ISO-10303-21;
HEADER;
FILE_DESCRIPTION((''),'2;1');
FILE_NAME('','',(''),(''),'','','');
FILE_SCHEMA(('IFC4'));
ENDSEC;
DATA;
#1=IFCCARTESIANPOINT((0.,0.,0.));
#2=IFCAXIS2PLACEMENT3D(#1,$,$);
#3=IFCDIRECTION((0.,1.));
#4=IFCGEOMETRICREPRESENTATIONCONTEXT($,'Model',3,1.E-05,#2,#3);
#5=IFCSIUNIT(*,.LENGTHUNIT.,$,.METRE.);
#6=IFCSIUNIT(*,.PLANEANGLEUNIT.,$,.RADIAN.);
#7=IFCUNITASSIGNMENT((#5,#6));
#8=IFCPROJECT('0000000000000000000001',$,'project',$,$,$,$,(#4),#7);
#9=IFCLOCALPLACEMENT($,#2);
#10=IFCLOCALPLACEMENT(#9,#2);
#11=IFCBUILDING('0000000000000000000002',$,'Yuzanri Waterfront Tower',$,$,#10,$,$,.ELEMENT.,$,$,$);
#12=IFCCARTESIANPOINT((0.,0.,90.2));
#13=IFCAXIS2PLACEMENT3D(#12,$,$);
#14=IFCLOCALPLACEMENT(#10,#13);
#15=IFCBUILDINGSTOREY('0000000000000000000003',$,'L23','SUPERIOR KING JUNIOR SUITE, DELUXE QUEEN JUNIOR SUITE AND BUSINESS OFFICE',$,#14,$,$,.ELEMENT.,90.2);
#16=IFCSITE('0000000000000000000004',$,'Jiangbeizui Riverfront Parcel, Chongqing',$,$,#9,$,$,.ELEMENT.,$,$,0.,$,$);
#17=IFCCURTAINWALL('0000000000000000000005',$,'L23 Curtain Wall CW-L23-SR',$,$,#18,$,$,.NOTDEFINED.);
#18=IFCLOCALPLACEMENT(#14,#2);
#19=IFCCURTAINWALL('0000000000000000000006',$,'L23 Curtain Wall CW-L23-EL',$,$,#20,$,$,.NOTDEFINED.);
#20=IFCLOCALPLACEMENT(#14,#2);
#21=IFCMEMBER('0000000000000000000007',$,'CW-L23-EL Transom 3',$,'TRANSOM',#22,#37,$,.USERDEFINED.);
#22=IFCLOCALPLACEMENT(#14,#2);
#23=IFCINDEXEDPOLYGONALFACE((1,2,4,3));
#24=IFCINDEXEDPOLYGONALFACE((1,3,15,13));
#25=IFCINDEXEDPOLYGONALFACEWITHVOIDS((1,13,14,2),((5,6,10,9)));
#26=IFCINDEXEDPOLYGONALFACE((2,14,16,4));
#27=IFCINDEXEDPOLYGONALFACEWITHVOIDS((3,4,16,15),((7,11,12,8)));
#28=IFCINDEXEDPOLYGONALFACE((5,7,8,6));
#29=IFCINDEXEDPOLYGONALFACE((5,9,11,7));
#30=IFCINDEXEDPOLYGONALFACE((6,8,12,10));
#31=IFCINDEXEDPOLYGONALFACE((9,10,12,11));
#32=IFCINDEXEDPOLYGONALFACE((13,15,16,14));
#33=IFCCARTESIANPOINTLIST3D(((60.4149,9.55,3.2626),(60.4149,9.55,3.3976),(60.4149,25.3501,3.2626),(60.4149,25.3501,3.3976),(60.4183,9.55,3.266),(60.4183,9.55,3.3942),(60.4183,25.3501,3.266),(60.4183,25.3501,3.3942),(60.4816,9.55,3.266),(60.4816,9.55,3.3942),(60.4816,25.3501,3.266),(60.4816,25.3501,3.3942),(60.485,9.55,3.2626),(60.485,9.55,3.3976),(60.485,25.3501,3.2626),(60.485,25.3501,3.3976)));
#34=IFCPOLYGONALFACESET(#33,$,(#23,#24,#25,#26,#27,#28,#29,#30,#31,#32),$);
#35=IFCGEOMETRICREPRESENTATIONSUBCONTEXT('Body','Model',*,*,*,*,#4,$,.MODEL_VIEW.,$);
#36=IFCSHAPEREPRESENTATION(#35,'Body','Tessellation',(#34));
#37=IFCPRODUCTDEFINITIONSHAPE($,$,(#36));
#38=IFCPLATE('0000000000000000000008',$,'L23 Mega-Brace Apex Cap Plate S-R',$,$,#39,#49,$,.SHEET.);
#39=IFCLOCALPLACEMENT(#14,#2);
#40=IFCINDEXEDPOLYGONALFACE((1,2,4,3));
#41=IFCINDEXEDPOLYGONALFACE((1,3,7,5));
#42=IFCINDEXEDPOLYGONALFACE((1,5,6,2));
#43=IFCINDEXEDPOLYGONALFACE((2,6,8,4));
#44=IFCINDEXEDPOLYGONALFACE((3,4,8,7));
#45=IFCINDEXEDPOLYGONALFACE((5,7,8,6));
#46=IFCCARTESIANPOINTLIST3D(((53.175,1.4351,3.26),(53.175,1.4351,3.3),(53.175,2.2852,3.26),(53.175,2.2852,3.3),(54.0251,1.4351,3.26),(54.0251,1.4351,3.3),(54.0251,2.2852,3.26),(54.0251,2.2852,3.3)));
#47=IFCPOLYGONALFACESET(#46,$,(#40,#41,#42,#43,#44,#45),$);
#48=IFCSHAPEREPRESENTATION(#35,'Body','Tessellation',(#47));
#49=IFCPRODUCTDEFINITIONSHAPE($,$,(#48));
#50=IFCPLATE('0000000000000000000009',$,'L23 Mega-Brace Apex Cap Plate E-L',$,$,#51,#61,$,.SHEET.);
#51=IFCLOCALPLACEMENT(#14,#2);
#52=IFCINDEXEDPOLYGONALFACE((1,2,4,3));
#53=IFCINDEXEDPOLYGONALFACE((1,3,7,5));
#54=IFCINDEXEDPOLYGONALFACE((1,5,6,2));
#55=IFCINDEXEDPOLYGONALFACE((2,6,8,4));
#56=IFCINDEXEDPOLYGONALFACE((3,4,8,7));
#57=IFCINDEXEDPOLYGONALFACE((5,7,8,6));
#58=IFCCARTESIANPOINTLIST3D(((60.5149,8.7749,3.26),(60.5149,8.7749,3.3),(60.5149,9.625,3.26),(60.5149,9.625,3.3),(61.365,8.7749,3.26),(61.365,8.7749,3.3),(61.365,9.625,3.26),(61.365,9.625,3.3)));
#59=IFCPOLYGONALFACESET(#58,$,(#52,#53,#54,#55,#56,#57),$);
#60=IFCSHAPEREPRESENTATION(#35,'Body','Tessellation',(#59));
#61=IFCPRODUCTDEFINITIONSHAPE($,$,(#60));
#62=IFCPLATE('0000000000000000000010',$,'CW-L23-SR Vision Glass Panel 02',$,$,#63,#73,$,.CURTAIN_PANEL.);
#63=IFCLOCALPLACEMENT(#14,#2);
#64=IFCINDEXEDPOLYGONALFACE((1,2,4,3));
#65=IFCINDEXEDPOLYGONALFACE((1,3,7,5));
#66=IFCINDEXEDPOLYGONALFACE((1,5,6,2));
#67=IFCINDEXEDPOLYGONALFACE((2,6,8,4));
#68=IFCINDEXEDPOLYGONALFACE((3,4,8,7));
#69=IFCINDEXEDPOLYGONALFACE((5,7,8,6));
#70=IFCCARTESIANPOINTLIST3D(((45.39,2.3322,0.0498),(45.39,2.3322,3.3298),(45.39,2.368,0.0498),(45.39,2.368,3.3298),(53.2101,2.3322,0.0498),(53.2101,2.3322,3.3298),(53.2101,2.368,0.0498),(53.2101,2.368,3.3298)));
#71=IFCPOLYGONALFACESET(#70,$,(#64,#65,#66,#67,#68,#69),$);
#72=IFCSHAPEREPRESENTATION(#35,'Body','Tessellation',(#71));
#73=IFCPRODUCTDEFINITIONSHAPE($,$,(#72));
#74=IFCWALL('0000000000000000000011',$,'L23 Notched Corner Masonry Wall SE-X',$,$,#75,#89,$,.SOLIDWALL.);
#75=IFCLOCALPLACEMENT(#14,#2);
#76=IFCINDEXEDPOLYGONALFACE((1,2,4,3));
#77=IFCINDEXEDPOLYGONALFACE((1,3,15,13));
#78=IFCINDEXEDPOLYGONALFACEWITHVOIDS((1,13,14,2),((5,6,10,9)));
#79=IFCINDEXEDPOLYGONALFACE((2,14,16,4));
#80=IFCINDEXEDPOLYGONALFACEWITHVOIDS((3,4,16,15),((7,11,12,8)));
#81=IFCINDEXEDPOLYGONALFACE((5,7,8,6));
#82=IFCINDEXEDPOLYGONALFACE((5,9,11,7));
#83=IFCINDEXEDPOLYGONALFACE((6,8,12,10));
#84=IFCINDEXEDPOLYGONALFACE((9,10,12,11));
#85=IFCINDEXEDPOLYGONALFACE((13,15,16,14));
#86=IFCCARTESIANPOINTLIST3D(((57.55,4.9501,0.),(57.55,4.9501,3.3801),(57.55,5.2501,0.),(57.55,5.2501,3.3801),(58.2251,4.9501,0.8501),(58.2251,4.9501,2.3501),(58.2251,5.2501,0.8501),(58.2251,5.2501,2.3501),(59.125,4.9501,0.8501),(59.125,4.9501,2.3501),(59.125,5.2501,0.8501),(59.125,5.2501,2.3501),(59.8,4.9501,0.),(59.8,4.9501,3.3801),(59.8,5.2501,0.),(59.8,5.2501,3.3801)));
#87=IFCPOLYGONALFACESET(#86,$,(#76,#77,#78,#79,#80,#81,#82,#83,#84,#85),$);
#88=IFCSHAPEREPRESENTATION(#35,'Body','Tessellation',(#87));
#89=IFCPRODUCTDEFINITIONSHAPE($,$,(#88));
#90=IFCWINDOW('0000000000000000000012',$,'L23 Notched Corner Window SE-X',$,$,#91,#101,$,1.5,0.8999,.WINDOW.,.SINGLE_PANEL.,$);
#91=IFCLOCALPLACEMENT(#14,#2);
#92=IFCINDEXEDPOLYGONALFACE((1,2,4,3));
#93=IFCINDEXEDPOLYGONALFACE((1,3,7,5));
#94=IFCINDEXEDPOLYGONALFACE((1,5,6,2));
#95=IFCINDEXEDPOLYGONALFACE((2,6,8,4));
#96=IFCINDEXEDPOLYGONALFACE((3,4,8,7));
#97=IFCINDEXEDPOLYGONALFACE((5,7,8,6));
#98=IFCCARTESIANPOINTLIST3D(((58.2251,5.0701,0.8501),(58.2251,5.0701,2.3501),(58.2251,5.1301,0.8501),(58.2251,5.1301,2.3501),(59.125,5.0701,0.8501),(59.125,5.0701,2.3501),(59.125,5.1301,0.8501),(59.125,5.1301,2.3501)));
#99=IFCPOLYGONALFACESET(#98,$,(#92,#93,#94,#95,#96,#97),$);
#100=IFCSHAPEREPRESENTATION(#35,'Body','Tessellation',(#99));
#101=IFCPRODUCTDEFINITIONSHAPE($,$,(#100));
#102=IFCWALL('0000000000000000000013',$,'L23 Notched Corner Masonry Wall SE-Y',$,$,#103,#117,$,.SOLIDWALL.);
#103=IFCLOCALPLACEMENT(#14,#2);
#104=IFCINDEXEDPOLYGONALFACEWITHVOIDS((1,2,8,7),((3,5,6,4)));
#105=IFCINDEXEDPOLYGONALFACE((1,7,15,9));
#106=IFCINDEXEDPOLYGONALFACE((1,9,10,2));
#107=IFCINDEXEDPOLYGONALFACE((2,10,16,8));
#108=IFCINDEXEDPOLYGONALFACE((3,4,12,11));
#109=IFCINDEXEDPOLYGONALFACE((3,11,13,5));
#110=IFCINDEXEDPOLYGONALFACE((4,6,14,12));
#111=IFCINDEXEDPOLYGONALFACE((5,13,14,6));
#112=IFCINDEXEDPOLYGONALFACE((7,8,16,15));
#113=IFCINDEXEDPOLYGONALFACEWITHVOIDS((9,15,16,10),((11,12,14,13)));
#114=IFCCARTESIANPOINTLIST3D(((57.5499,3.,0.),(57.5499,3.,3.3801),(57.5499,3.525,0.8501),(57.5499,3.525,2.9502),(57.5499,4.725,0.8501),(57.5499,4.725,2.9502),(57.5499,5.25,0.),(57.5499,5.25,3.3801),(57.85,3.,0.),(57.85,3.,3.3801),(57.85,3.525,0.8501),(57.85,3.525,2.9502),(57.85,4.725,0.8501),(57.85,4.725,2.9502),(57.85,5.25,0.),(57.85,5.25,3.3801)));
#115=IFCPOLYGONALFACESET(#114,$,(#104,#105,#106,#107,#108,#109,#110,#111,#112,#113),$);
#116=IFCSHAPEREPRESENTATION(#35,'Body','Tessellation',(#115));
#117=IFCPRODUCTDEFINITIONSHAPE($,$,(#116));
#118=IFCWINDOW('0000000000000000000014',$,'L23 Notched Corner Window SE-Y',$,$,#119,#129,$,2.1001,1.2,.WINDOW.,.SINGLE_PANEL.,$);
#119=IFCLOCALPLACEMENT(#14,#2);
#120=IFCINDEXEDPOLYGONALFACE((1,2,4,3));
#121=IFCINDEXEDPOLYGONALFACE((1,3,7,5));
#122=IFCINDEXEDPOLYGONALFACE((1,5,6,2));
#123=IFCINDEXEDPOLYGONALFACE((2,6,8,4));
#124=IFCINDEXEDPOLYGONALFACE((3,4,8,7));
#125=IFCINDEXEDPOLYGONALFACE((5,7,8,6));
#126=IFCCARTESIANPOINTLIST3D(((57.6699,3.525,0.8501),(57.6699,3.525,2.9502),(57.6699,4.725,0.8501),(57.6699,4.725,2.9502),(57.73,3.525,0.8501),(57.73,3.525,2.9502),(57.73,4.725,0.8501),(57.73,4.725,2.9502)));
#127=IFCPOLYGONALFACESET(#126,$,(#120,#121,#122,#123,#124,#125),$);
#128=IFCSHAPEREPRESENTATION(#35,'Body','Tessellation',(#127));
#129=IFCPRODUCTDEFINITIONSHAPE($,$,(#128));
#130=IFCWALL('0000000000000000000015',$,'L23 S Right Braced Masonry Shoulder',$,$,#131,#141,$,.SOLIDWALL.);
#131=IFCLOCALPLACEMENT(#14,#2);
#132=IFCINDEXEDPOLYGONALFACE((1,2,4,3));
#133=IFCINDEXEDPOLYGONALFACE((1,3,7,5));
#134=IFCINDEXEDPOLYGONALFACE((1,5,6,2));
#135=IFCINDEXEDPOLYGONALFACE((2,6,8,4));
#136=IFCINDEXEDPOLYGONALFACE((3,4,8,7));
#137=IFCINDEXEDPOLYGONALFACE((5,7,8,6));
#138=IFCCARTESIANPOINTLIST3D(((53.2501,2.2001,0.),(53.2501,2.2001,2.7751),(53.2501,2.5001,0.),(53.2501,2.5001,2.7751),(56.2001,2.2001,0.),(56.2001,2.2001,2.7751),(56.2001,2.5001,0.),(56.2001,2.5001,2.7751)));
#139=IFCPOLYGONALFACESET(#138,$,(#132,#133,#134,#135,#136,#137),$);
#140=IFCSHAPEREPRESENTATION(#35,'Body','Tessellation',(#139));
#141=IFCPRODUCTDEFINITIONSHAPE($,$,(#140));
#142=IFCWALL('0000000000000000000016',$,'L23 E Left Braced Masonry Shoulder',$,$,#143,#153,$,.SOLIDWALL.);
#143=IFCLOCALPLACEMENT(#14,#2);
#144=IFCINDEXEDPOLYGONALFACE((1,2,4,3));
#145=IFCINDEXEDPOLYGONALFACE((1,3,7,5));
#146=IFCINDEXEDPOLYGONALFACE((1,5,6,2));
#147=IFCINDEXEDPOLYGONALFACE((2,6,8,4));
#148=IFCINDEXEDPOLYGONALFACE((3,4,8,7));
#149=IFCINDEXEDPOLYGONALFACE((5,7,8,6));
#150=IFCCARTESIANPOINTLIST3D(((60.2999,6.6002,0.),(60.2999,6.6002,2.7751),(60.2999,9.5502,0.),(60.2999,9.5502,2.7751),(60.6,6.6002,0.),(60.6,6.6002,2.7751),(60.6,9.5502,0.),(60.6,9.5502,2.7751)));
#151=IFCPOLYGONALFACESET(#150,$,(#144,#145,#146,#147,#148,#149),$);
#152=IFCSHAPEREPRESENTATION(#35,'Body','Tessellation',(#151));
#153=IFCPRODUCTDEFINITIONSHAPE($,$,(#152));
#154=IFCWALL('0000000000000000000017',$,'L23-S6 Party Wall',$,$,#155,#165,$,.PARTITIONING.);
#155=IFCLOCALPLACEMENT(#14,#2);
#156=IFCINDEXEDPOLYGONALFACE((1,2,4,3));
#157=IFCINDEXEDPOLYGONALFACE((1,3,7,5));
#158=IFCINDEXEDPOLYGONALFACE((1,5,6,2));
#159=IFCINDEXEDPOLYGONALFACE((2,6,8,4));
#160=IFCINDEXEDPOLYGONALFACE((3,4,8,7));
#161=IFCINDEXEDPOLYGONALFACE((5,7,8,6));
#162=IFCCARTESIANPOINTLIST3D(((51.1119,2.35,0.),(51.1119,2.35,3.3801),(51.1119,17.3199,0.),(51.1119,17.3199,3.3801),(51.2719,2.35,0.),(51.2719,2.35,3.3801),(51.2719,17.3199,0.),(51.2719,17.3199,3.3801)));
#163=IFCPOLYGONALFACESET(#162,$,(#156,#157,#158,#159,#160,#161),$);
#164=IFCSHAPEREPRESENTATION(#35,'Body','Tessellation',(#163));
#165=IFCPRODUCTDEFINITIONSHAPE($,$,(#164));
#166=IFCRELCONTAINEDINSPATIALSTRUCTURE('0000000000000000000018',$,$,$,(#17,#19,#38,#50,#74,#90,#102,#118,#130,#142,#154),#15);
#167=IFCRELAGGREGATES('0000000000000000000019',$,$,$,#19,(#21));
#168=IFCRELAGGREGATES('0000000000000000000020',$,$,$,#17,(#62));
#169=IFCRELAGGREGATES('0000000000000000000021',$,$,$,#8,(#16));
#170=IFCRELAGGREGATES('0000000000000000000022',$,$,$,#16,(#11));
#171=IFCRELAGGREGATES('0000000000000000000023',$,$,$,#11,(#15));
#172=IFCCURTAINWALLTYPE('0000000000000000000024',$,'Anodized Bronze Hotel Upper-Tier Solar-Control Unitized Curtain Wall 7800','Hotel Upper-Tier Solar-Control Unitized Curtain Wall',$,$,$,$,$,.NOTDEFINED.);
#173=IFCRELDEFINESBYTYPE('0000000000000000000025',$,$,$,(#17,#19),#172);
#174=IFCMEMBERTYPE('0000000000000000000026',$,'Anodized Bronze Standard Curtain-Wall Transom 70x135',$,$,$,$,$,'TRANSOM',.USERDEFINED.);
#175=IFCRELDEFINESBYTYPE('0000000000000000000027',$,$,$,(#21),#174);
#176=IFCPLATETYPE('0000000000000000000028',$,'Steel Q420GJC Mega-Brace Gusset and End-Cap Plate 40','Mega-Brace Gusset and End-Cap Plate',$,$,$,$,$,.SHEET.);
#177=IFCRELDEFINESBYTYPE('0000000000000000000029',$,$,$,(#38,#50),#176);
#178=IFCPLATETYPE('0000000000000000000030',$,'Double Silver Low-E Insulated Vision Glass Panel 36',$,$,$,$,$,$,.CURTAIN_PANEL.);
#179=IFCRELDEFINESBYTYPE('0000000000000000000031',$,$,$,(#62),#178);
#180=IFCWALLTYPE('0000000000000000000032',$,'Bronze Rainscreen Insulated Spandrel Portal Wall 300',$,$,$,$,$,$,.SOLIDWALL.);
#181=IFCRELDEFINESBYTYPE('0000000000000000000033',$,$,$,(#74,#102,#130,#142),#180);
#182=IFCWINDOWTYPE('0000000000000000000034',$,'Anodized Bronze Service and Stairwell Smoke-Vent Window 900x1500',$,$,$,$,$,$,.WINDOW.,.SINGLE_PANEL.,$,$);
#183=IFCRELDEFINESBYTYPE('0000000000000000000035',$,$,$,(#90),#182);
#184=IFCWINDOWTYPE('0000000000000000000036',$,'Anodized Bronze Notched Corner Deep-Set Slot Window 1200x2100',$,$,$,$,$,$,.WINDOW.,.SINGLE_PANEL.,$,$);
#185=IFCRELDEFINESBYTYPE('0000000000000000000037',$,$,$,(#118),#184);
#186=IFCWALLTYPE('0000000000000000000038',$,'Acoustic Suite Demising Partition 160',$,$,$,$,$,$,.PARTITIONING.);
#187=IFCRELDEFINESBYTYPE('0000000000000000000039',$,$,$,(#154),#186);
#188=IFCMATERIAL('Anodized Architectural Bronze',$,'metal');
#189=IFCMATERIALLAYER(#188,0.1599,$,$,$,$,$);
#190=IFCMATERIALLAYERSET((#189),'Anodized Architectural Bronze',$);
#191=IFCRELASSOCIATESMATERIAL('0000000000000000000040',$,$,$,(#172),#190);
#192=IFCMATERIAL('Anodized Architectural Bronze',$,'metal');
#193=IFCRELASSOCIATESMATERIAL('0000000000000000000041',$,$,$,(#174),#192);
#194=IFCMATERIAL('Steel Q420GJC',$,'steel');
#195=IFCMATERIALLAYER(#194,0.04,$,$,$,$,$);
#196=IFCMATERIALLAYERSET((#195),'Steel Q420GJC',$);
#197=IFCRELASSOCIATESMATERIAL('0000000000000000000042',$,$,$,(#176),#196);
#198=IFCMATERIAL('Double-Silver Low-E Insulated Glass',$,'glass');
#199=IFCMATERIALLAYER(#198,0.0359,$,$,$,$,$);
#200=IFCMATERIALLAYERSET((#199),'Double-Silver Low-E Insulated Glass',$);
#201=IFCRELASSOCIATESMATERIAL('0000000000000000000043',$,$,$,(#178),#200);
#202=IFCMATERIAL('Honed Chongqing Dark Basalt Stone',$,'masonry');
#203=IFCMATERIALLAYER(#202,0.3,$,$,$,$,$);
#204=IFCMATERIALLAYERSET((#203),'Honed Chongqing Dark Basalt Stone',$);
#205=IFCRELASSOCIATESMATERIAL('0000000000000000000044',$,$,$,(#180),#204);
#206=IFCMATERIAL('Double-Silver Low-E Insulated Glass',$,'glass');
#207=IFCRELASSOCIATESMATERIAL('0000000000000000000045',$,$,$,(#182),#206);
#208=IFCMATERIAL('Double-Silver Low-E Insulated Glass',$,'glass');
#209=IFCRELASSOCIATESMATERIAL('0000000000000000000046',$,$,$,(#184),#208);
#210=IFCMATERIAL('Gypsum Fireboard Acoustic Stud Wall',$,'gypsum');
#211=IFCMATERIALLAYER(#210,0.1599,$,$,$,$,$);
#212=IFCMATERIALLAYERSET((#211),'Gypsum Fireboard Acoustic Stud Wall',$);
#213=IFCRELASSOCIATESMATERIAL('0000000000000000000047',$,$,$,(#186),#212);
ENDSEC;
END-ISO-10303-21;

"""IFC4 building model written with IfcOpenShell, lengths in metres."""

from ifc_helpers import new_model, si_unit, direction, frame, frame_2d, origin, origin_2d, place, context, subcontext, project, spatial, rectangle, hollow_rectangle, extrude, source, transform, mapped, material, layer, layer_set, material_profile, profile_set, type_object, element, fill, aggregate, save


model = new_model("IFC4")

# Units and contexts
model_context = context("Model", 3, precision=1e-05, world=origin(), true_north=direction((0.0, 1.0)))
body_context = subcontext(model_context, "Body", "Model", "MODEL_VIEW")
ifc_project = project(units=[si_unit("LENGTHUNIT", "METRE"), si_unit("PLANEANGLEUNIT", "RADIAN")], contexts=[model_context])

# Site, building, storey
site_placement = place(None, origin())
site = spatial("IfcSite", under=ifc_project, at=site_placement, Name="Jiangbeizui Riverfront Parcel, Chongqing", CompositionType="ELEMENT", RefElevation=0.0)
building_placement = place(site_placement, origin())
building = spatial("IfcBuilding", under=site, at=building_placement, Name="Yuzanri Waterfront Tower", CompositionType="ELEMENT")
storey_placement = place(building_placement, frame((0.0, 0.0, 90.2)))
storey = spatial("IfcBuildingStorey", under=building, at=storey_placement, Name="L23", Description="SUPERIOR KING JUNIOR SUITE, DELUXE QUEEN JUNIOR SUITE AND BUSINESS OFFICE", CompositionType="ELEMENT", Elevation=90.2)

# Curtain walls, member
ifc_material_1 = material(Name="Anodized Architectural Bronze", Category="metal")
ifc_layer_1 = layer(ifc_material_1, 0.1599)
ifc_layer_set_1 = layer_set([ifc_layer_1], Name="Anodized Architectural Bronze")
curtain_wall_type = type_object("IfcCurtainWallType", Name="Anodized Bronze Hotel Upper-Tier Solar-Control Unitized Curtain Wall 7800", Description="Hotel Upper-Tier Solar-Control Unitized Curtain Wall", PredefinedType="NOTDEFINED", material=ifc_layer_set_1)
curtain_wall_1_placement = place(storey_placement, origin())
curtain_wall_1 = element("IfcCurtainWall", 1, at=curtain_wall_1_placement, inside=storey, type_object=curtain_wall_type, Name="L23 Curtain Wall CW-L23-SR", PredefinedType="NOTDEFINED")
curtain_wall_2_placement = place(storey_placement, origin())
curtain_wall_2 = element("IfcCurtainWall", 2, at=curtain_wall_2_placement, inside=storey, type_object=curtain_wall_type, Name="L23 Curtain Wall CW-L23-EL", PredefinedType="NOTDEFINED")
ifc_material_2 = material(Name="Anodized Architectural Bronze", Category="metal")
ifc_material_profile_1 = material_profile(ifc_material_2, hollow_rectangle(XDim=0.0701, YDim=0.135, WallThickness=0.0034, at=origin_2d()), Name="CWT 70x135")
ifc_profile_set_1 = profile_set([ifc_material_profile_1], Name="Anodized Architectural Bronze")
member_type_1 = type_object("IfcMemberType", Name="Anodized Bronze Standard Curtain-Wall Transom 70x135", ElementType="TRANSOM", PredefinedType="USERDEFINED", material=ifc_profile_set_1)
shared_shape_1 = source(origin(), body_context, "Body", "SweptSolid", [
    extrude(hollow_rectangle(XDim=0.0701, YDim=0.135, WallThickness=0.0034, at=origin_2d()), origin(), (0.0, 0.0, 1.0), 15.8),
])
member_1_placement = place(storey_placement, frame((60.45, 9.55, 3.3301), z_axis=(0.0, 1.0, 0.0), x_axis=(-1.0, 0.0, 0.0)))
member_1 = element("IfcMember", 3, at=member_1_placement, type_object=member_type_1, Name="CW-L23-EL Transom 3", ObjectType="TRANSOM", PredefinedType="USERDEFINED", context=body_context, shape_type="MappedRepresentation", body=[
    mapped(shared_shape_1, transform((0.0, 0.0, 0.0), scale=1.0)),
])
aggregate(curtain_wall_2, [member_1])

# Plates
ifc_material_3 = material(Name="Steel Q420GJC", Category="steel")
ifc_layer_2 = layer(ifc_material_3, 0.04)
ifc_layer_set_2 = layer_set([ifc_layer_2], Name="Steel Q420GJC")
plate_type_1 = type_object("IfcPlateType", Name="Steel Q420GJC Mega-Brace Gusset and End-Cap Plate 40", Description="Mega-Brace Gusset and End-Cap Plate", PredefinedType="SHEET", material=ifc_layer_set_2)
shared_shape_2 = source(origin(), body_context, "Body", "SweptSolid", [
    extrude(rectangle(XDim=0.8501, YDim=0.8501, at=origin_2d()), origin(), (0.0, 0.0, 1.0), 0.04),
])
for number, where, z_axis, x_axis, name in (
    (4, (53.6001, 1.8601, 3.26), (0.0, 0.0, 1.0), (1.0, 0.0, 0.0), "L23 Mega-Brace Apex Cap Plate S-R"),
    (5, (60.9399, 9.2, 3.26), (0.0, 0.0, 1.0), (1.0, 0.0, 0.0), "L23 Mega-Brace Apex Cap Plate E-L"),
):
    element("IfcPlate", number, at=place(storey_placement, frame(where, z_axis=z_axis, x_axis=x_axis)), inside=storey, type_object=plate_type_1, Name=name, PredefinedType="SHEET", context=body_context, shape_type="MappedRepresentation", body=[
        mapped(shared_shape_2, transform((0.0, 0.0, 0.0), scale=1.0)),
    ])

# Plate
ifc_material_4 = material(Name="Double-Silver Low-E Insulated Glass", Category="glass")
ifc_layer_3 = layer(ifc_material_4, 0.0359)
ifc_layer_set_3 = layer_set([ifc_layer_3], Name="Double-Silver Low-E Insulated Glass")
plate_type_2 = type_object("IfcPlateType", Name="Double Silver Low-E Insulated Vision Glass Panel 36", PredefinedType="CURTAIN_PANEL", material=ifc_layer_set_3)
shared_shape_3 = source(origin(), body_context, "Body", "SweptSolid", [
    extrude(rectangle(XDim=7.8201, YDim=0.0359, at=origin_2d()), origin(), (0.0, 0.0, 1.0), 3.28),
])
plate_placement = place(storey_placement, frame((49.3, 2.3501, 0.0498), z_axis=(0.0, 0.0, 1.0), x_axis=(1.0, 0.0, 0.0)))
plate = element("IfcPlate", 6, at=plate_placement, type_object=plate_type_2, Name="CW-L23-SR Vision Glass Panel 02", PredefinedType="CURTAIN_PANEL", context=body_context, shape_type="MappedRepresentation", body=[
    mapped(shared_shape_3, transform((0.0, 0.0, 0.0), scale=1.0)),
])
aggregate(curtain_wall_1, [plate])

# Walls, openings, windows
ifc_material_5 = material(Name="Honed Chongqing Dark Basalt Stone", Category="masonry")
ifc_layer_4 = layer(ifc_material_5, 0.3)
ifc_layer_set_4 = layer_set([ifc_layer_4], Name="Honed Chongqing Dark Basalt Stone")
wall_type_1 = type_object("IfcWallType", Name="Bronze Rainscreen Insulated Spandrel Portal Wall 300", PredefinedType="SOLIDWALL", material=ifc_layer_set_4)
wall_1_placement = place(storey_placement, frame((57.55, 5.1001, 0.0), z_axis=(0.0, 0.0, 1.0), x_axis=(1.0, 0.0, 0.0)))
wall_1 = element("IfcWall", 7, at=wall_1_placement, inside=storey, type_object=wall_type_1, Name="L23 Notched Corner Masonry Wall SE-X", PredefinedType="SOLIDWALL", context=body_context, shape_type="SweptSolid", body=[
    extrude(rectangle(XDim=2.25, YDim=0.3, at=frame_2d((1.125, 0.0))), origin(), (0.0, 0.0, 1.0), 3.3801),
])
opening_1_placement = place(wall_1_placement, frame((0.675, 0.0, 0.8501)))
opening_1 = element("IfcOpeningElement", 8, at=opening_1_placement, cuts=wall_1, PredefinedType="OPENING", context=body_context, shape_type="SweptSolid", body=[
    extrude(rectangle(XDim=0.8999, YDim=1.5, at=frame_2d((0.45, 0.75))), frame((0.0, 0.165, 0.0), z_axis=(0.0, -1.0, 0.0), x_axis=(1.0, 0.0, 0.0)), (0.0, 0.0, 1.0), 0.3298),
])
ifc_material_6 = material(Name="Double-Silver Low-E Insulated Glass", Category="glass")
window_type_1 = type_object("IfcWindowType", Name="Anodized Bronze Service and Stairwell Smoke-Vent Window 900x1500", PartitioningType="SINGLE_PANEL", PredefinedType="WINDOW", material=ifc_material_6)
shared_shape_4 = source(origin(), body_context, "Body", "SweptSolid", [
    extrude(rectangle(XDim=0.8999, YDim=1.5, at=frame_2d((0.45, 0.75))), frame((0.0, 0.03, 0.0), z_axis=(0.0, -1.0, 0.0), x_axis=(1.0, 0.0, 0.0)), (0.0, 0.0, 1.0), 0.0601),
])
window_1_placement = place(opening_1_placement, origin())
window_1 = element("IfcWindow", 9, at=window_1_placement, inside=storey, type_object=window_type_1, Name="L23 Notched Corner Window SE-X", OverallHeight=1.5, OverallWidth=0.8999, PartitioningType="SINGLE_PANEL", PredefinedType="WINDOW", context=body_context, shape_type="MappedRepresentation", body=[
    mapped(shared_shape_4, transform((0.0, 0.0, 0.0), scale=1.0)),
])
fill(opening_1, window_1)
wall_2_placement = place(storey_placement, frame((57.7, 3.0, 0.0), z_axis=(0.0, 0.0, 1.0), x_axis=(0.0, 1.0, 0.0)))
wall_2 = element("IfcWall", 10, at=wall_2_placement, inside=storey, type_object=wall_type_1, Name="L23 Notched Corner Masonry Wall SE-Y", PredefinedType="SOLIDWALL", context=body_context, shape_type="SweptSolid", body=[
    extrude(rectangle(XDim=2.25, YDim=0.3, at=frame_2d((1.125, 0.0))), origin(), (0.0, 0.0, 1.0), 3.3801),
])
opening_2_placement = place(wall_2_placement, frame((0.5249, 0.0, 0.8501)))
opening_2 = element("IfcOpeningElement", 11, at=opening_2_placement, cuts=wall_2, PredefinedType="OPENING", context=body_context, shape_type="SweptSolid", body=[
    extrude(rectangle(XDim=1.2, YDim=2.1001, at=frame_2d((0.6001, 1.05))), frame((0.0, 0.165, 0.0), z_axis=(0.0, -1.0, 0.0), x_axis=(1.0, 0.0, 0.0)), (0.0, 0.0, 1.0), 0.3298),
])
ifc_material_7 = material(Name="Double-Silver Low-E Insulated Glass", Category="glass")
window_type_2 = type_object("IfcWindowType", Name="Anodized Bronze Notched Corner Deep-Set Slot Window 1200x2100", PartitioningType="SINGLE_PANEL", PredefinedType="WINDOW", material=ifc_material_7)
shared_shape_5 = source(origin(), body_context, "Body", "SweptSolid", [
    extrude(rectangle(XDim=1.2, YDim=2.1001, at=frame_2d((0.6001, 1.05))), frame((0.0, 0.03, 0.0), z_axis=(0.0, -1.0, 0.0), x_axis=(1.0, 0.0, 0.0)), (0.0, 0.0, 1.0), 0.0601),
])
window_2_placement = place(opening_2_placement, origin())
window_2 = element("IfcWindow", 12, at=window_2_placement, inside=storey, type_object=window_type_2, Name="L23 Notched Corner Window SE-Y", OverallHeight=2.1001, OverallWidth=1.2, PartitioningType="SINGLE_PANEL", PredefinedType="WINDOW", context=body_context, shape_type="MappedRepresentation", body=[
    mapped(shared_shape_5, transform((0.0, 0.0, 0.0), scale=1.0)),
])
fill(opening_2, window_2)

# Walls
shared_shape_6 = source(origin(), body_context, "Body", "SweptSolid", [
    extrude(rectangle(XDim=2.95, YDim=0.3, at=frame_2d((1.4751, 0.0))), origin(), (0.0, 0.0, 1.0), 2.7751),
])
for number, where, z_axis, x_axis, name in (
    (13, (53.25, 2.3501, 0.0), (0.0, 0.0, 1.0), (1.0, 0.0, 0.0), "L23 S Right Braced Masonry Shoulder"),
    (14, (60.45, 6.6001, 0.0), (0.0, 0.0, 1.0), (0.0, 1.0, 0.0), "L23 E Left Braced Masonry Shoulder"),
):
    element("IfcWall", number, at=place(storey_placement, frame(where, z_axis=z_axis, x_axis=x_axis)), inside=storey, type_object=wall_type_1, Name=name, PredefinedType="SOLIDWALL", context=body_context, shape_type="MappedRepresentation", body=[
        mapped(shared_shape_6, transform((0.0, 0.0, 0.0), scale=1.0)),
    ])
ifc_material_8 = material(Name="Gypsum Fireboard Acoustic Stud Wall", Category="gypsum")
ifc_layer_5 = layer(ifc_material_8, 0.1599)
ifc_layer_set_5 = layer_set([ifc_layer_5], Name="Gypsum Fireboard Acoustic Stud Wall")
wall_type_2 = type_object("IfcWallType", Name="Acoustic Suite Demising Partition 160", PredefinedType="PARTITIONING", material=ifc_layer_set_5)
shared_shape_7 = source(origin(), body_context, "Body", "SweptSolid", [
    extrude(rectangle(XDim=14.97, YDim=0.1599, at=frame_2d((7.4849, 0.0))), origin(), (0.0, 0.0, 1.0), 3.3801),
])
wall_3_placement = place(storey_placement, frame((51.1919, 2.3501, 0.0), z_axis=(0.0, 0.0, 1.0), x_axis=(0.0, 1.0, 0.0)))
element("IfcWall", 15, at=wall_3_placement, inside=storey, type_object=wall_type_2, Name="L23-S6 Party Wall", PredefinedType="PARTITIONING", context=body_context, shape_type="MappedRepresentation", body=[
    mapped(shared_shape_7, transform((0.0, 0.0, 0.0), scale=1.0)),
])

save(model, "model.ifc")
